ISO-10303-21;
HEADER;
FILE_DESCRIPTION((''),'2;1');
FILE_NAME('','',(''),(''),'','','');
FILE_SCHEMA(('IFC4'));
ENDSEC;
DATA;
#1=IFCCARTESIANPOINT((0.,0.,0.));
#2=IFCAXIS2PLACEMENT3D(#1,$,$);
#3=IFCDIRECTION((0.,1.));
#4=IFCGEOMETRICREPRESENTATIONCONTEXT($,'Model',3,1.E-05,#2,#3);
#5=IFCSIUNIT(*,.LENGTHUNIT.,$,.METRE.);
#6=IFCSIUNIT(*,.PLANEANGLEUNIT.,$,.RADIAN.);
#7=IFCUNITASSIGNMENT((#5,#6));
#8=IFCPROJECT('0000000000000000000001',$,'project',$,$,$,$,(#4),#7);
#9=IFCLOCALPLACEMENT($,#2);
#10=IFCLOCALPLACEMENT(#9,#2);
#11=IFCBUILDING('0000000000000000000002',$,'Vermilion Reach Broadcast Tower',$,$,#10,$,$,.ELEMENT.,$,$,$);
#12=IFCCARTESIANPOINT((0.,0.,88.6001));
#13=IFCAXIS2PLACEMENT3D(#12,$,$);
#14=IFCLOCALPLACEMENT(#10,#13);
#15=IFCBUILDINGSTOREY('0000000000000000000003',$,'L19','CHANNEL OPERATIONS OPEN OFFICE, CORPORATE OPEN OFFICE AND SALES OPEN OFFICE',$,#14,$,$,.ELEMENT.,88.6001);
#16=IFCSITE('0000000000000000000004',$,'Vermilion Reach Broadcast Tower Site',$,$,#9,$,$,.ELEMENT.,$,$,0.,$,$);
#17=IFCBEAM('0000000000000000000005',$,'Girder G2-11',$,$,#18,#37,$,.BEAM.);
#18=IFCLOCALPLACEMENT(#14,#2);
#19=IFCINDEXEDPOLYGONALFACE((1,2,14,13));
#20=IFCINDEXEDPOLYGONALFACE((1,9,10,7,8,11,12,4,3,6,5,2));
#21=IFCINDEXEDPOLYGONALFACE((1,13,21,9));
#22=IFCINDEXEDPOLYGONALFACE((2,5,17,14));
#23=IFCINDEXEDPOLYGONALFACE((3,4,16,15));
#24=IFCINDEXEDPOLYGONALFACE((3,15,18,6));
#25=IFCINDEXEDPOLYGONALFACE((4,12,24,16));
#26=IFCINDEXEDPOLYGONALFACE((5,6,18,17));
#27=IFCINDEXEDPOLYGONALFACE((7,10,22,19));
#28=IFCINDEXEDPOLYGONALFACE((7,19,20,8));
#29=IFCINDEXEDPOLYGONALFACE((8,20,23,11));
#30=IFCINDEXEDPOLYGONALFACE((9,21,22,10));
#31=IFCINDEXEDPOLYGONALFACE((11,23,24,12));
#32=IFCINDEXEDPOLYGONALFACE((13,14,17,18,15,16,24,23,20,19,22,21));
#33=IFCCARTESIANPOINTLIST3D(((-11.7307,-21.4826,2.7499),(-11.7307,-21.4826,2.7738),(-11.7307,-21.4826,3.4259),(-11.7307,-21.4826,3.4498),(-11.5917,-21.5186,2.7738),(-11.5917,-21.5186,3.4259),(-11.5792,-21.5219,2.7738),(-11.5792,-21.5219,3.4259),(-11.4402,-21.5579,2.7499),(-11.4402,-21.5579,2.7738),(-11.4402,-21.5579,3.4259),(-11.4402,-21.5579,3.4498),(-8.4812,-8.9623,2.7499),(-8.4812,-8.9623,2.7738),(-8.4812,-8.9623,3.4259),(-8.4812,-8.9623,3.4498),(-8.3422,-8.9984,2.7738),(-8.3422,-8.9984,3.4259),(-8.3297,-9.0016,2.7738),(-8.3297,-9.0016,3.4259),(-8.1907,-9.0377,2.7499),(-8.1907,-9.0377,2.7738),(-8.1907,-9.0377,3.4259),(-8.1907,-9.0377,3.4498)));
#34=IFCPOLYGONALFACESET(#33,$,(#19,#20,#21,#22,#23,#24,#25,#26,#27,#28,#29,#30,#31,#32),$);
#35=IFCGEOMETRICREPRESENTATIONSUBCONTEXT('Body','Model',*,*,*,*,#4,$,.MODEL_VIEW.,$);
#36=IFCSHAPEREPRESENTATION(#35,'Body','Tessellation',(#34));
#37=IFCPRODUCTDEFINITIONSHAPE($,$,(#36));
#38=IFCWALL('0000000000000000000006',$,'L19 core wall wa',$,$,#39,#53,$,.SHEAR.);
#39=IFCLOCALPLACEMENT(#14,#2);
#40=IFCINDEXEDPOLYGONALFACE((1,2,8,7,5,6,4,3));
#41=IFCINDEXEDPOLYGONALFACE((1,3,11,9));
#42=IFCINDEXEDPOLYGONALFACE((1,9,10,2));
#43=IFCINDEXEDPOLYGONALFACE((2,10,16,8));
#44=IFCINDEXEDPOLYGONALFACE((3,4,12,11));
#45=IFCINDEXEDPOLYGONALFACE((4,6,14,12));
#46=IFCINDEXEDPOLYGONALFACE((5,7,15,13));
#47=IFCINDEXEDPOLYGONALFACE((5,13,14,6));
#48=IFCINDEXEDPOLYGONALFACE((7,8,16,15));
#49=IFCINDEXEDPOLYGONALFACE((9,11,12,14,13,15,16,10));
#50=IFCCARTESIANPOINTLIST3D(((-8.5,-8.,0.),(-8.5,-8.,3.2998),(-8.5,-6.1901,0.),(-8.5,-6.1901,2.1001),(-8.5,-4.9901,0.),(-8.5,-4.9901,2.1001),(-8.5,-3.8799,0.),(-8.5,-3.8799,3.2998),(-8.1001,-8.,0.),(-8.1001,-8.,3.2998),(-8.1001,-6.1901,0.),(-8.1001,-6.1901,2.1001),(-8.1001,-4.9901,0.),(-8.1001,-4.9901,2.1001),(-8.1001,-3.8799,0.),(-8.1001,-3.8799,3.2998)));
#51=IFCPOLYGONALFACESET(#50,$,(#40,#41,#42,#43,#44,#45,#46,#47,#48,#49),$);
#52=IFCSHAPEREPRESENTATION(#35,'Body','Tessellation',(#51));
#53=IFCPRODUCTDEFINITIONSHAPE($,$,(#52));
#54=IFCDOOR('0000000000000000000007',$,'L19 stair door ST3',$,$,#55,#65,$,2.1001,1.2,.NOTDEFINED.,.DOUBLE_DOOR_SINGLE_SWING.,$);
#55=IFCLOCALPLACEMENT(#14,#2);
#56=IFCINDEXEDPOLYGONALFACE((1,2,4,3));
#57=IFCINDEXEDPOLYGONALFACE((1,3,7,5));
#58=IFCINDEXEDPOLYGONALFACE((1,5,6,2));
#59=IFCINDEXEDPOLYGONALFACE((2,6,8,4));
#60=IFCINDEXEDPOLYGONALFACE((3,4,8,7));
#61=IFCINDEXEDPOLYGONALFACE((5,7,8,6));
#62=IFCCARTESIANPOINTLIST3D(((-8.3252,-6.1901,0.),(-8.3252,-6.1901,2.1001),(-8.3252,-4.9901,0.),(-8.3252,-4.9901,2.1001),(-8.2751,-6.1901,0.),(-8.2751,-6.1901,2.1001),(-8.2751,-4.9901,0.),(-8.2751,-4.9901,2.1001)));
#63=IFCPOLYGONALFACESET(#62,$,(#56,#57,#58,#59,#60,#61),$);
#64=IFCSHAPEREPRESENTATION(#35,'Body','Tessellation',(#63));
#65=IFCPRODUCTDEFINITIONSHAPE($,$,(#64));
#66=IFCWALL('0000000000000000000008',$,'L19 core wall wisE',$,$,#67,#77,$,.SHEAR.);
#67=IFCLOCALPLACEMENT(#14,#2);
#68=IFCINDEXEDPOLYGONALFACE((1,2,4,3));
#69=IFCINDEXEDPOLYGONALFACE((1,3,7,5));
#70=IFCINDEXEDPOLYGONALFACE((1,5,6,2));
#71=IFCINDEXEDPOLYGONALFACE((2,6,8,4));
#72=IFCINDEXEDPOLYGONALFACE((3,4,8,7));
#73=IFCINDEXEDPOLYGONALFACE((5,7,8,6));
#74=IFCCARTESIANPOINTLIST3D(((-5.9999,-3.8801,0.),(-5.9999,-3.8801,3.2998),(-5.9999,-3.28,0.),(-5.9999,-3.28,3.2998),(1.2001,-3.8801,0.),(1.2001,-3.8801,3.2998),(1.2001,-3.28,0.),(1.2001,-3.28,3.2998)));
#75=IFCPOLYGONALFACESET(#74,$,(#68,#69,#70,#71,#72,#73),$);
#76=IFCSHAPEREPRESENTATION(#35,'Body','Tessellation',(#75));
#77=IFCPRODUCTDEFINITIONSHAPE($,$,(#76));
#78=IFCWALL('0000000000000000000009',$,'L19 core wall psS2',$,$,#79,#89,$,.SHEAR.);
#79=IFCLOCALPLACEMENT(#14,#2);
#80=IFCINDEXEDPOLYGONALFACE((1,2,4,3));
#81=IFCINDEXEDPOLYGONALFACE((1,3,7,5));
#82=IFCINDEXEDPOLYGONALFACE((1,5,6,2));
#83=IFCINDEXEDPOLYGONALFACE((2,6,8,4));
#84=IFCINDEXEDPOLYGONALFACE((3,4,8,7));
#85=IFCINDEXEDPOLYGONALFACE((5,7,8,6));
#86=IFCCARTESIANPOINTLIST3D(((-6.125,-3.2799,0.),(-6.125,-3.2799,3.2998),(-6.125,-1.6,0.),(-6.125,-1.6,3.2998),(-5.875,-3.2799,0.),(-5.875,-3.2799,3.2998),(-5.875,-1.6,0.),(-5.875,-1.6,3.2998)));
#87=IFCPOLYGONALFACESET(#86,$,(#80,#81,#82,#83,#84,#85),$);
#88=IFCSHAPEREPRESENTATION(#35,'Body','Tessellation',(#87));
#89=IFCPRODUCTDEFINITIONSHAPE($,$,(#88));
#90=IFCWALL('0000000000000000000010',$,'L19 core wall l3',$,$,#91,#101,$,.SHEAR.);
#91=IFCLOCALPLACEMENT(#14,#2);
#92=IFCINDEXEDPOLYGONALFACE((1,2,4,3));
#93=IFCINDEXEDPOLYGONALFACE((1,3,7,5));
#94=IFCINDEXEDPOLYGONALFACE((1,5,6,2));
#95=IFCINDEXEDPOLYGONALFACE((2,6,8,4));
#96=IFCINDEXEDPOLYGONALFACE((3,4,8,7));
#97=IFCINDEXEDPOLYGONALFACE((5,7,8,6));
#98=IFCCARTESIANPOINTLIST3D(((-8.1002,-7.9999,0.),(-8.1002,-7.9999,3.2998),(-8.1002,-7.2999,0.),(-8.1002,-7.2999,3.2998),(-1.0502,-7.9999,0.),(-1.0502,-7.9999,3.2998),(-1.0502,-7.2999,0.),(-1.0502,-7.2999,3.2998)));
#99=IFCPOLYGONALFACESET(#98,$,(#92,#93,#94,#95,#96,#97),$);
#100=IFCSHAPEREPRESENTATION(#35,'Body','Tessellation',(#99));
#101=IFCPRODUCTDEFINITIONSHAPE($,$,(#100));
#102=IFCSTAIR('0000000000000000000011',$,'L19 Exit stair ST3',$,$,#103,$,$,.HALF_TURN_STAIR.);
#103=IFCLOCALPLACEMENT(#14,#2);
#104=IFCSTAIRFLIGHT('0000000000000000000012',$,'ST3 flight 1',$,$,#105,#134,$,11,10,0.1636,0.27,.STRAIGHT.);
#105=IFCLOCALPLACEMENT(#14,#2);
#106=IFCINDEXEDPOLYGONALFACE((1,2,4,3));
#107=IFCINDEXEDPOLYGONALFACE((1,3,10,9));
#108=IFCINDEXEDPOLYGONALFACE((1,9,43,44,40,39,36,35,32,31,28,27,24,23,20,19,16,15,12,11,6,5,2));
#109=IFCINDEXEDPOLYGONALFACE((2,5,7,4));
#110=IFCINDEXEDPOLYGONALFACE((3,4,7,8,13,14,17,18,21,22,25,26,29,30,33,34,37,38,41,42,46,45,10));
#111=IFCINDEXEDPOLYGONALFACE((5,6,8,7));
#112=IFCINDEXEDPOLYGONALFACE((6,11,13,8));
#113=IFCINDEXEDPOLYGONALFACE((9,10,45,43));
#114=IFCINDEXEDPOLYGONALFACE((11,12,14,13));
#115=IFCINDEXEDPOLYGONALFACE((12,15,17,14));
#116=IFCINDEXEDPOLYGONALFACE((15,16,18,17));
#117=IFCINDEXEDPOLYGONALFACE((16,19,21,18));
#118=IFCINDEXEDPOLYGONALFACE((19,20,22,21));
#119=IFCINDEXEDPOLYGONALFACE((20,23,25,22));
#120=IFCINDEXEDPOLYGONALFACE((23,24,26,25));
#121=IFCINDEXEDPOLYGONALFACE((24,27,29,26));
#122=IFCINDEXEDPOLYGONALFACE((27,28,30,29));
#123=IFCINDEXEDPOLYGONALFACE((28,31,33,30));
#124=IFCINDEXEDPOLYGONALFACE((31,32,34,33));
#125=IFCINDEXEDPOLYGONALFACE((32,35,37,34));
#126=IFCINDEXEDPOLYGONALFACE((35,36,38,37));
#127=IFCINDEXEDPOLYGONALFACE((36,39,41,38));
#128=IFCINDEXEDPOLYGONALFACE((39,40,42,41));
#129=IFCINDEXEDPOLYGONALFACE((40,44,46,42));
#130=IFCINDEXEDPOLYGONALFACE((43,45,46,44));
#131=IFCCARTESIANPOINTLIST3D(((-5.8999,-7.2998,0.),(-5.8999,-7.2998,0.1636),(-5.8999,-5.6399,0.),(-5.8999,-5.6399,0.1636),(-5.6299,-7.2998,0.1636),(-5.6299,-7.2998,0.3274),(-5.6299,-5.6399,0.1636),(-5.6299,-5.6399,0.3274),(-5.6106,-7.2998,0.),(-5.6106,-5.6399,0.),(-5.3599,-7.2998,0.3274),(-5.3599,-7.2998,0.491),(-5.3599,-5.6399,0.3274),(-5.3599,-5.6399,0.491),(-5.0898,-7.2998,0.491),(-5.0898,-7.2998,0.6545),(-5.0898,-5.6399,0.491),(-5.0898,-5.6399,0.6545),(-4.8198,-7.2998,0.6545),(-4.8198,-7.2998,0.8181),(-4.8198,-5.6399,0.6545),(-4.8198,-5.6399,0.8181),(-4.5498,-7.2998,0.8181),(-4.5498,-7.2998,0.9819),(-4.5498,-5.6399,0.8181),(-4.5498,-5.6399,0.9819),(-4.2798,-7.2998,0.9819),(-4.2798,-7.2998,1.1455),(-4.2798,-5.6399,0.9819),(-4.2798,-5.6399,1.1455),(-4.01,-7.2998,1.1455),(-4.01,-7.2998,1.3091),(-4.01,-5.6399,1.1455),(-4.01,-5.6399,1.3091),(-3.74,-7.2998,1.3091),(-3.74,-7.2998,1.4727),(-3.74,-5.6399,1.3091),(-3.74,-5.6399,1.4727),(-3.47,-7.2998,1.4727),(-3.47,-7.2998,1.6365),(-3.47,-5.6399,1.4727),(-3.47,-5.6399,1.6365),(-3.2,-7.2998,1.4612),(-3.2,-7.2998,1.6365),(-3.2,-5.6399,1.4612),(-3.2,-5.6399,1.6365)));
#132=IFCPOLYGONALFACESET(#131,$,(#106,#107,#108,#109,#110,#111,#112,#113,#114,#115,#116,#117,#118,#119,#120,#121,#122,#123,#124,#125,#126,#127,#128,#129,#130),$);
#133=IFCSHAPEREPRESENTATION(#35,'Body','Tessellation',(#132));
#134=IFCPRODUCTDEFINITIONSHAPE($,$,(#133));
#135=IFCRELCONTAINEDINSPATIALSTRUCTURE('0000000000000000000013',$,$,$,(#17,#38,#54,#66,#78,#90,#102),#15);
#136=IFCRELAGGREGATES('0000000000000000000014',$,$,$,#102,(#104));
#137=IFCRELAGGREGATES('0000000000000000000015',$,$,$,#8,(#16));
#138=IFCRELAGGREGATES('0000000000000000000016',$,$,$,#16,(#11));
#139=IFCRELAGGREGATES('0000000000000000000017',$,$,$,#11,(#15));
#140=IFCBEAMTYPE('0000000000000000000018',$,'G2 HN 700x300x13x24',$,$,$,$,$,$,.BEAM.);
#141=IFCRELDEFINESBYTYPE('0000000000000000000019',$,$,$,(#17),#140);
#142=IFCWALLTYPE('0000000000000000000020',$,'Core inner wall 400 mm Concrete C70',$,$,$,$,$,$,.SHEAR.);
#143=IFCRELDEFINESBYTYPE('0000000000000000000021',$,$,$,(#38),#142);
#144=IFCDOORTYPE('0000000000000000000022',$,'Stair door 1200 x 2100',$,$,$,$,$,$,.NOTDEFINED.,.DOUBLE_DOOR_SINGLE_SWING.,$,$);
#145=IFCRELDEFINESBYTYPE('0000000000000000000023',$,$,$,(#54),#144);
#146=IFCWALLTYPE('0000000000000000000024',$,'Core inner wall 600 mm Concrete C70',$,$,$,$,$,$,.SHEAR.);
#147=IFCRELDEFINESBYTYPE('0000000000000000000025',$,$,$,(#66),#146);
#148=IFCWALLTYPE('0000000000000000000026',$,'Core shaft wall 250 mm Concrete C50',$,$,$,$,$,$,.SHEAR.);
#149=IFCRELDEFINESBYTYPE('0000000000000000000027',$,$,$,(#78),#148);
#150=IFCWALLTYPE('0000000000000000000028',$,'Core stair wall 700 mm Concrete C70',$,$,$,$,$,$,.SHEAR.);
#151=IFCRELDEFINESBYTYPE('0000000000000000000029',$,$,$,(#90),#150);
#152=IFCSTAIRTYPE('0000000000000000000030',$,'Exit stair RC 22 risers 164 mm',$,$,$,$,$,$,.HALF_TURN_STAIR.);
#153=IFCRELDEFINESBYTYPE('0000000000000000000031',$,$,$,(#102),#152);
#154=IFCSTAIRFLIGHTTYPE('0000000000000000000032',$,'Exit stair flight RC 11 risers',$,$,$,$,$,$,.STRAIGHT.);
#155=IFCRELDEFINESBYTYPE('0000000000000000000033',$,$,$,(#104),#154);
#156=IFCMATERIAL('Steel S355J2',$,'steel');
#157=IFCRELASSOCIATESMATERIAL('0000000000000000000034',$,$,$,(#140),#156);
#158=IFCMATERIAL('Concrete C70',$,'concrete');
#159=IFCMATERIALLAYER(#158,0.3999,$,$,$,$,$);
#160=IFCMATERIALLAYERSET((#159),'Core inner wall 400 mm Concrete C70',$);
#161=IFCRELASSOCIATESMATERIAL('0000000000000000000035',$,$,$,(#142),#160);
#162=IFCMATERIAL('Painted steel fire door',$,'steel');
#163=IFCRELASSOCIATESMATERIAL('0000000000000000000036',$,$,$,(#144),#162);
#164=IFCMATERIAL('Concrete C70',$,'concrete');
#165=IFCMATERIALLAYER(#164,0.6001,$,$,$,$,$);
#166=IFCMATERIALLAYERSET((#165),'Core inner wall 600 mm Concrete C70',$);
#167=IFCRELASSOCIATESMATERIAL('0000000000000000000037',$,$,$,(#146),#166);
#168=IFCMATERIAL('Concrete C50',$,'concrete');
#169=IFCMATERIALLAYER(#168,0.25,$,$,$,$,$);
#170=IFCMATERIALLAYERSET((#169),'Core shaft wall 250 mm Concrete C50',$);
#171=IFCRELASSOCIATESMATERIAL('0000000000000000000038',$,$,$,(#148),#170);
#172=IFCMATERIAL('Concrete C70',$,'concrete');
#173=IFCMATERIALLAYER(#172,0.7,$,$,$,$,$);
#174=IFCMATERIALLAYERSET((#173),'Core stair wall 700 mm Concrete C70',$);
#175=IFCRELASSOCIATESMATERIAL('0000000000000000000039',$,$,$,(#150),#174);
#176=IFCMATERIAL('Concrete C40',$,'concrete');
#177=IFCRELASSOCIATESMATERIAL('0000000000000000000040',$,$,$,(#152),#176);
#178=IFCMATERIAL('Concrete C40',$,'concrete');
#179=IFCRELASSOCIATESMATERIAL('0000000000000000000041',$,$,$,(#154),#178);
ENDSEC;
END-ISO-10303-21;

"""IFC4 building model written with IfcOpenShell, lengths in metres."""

from ifc_helpers import new_model, si_unit, direction, frame, frame_2d, origin, origin_2d, place, context, subcontext, project, spatial, polyline, rectangle, i_section, outline, extrude, material, layer, layer_set, material_profile, profile_set, type_object, element, fill, aggregate, save


model = new_model("IFC4")

# Units and contexts
model_context = context("Model", 3, precision=1e-05, world=origin(), true_north=direction((0.0, 1.0)))
body_context = subcontext(model_context, "Body", "Model", "MODEL_VIEW")
ifc_project = project(units=[si_unit("LENGTHUNIT", "METRE"), si_unit("PLANEANGLEUNIT", "RADIAN")], contexts=[model_context])

# Site, building, storey
site_placement = place(None, origin())
site = spatial("IfcSite", under=ifc_project, at=site_placement, Name="Vermilion Reach Broadcast Tower Site", CompositionType="ELEMENT", RefElevation=0.0)
building_placement = place(site_placement, origin())
building = spatial("IfcBuilding", under=site, at=building_placement, Name="Vermilion Reach Broadcast Tower", CompositionType="ELEMENT")
storey_placement = place(building_placement, frame((0.0, 0.0, 88.6001)))
storey = spatial("IfcBuildingStorey", under=building, at=storey_placement, Name="L19", Description="CHANNEL OPERATIONS OPEN OFFICE, CORPORATE OPEN OFFICE AND SALES OPEN OFFICE", CompositionType="ELEMENT", Elevation=88.6001)

# Beam
ifc_material_1 = material(Name="Steel S355J2", Category="steel")
ifc_material_profile = material_profile(ifc_material_1, i_section(OverallWidth=0.3, OverallDepth=0.7, WebThickness=0.0129, FlangeThickness=0.0239, at=origin_2d()), Name="S355J2 HN 700x300x13x24")
ifc_profile_set = profile_set([ifc_material_profile], Name="Steel S355J2")
beam_type = type_object("IfcBeamType", Name="G2 HN 700x300x13x24", PredefinedType="BEAM", material=ifc_profile_set)
beam_placement = place(storey_placement, frame((-8.3359, -9.0, 3.0999), z_axis=(-0.251217, -0.967931, 0.0), x_axis=(0.967931, -0.251217, 0.0)))
element("IfcBeam", 1, at=beam_placement, inside=storey, type_object=beam_type, Name="Girder G2-11", PredefinedType="BEAM", context=body_context, shape_type="SweptSolid", body=[
    extrude(i_section(OverallWidth=0.3, OverallDepth=0.7, WebThickness=0.0129, FlangeThickness=0.0239, at=origin_2d()), origin(), (0.0, 0.0, 1.0), 12.9351),
])

# Wall, opening, door
ifc_material_2 = material(Name="Concrete C70", Category="concrete")
ifc_layer_1 = layer(ifc_material_2, 0.3999)
ifc_layer_set_1 = layer_set([ifc_layer_1], Name="Core inner wall 400 mm Concrete C70")
wall_type_1 = type_object("IfcWallType", Name="Core inner wall 400 mm Concrete C70", PredefinedType="SHEAR", material=ifc_layer_set_1)
wall_1_placement = place(storey_placement, frame((-8.3, -3.8799, 0.0), z_axis=(0.0, 0.0, 1.0), x_axis=(0.0, -1.0, 0.0)))
wall_1 = element("IfcWall", 2, at=wall_1_placement, inside=storey, type_object=wall_type_1, Name="L19 core wall wa", PredefinedType="SHEAR", context=body_context, shape_type="SweptSolid", body=[
    extrude(rectangle(XDim=4.1201, YDim=0.3999, at=frame_2d((2.0601, 0.0))), origin(), (0.0, 0.0, 1.0), 3.2998),
])
opening_placement = place(wall_1_placement, frame((1.1101, 0.0, 0.0)))
opening = element("IfcOpeningElement", 3, at=opening_placement, cuts=wall_1, PredefinedType="OPENING", context=body_context, shape_type="SweptSolid", body=[
    extrude(rectangle(XDim=1.2, YDim=2.1001, at=frame_2d((0.6001, 1.05))), frame((0.0, 0.21, 0.0), z_axis=(0.0, -1.0, 0.0), x_axis=(1.0, 0.0, 0.0)), (0.0, 0.0, 1.0), 0.4199),
])
ifc_material_3 = material(Name="Painted steel fire door", Category="steel")
door_type = type_object("IfcDoorType", Name="Stair door 1200 x 2100", OperationType="DOUBLE_DOOR_SINGLE_SWING", PredefinedType="NOTDEFINED", material=ifc_material_3)
door_placement = place(opening_placement, origin())
door = element("IfcDoor", 4, at=door_placement, inside=storey, type_object=door_type, Name="L19 stair door ST3", OperationType="DOUBLE_DOOR_SINGLE_SWING", OverallHeight=2.1001, OverallWidth=1.2, PredefinedType="NOTDEFINED", context=body_context, shape_type="SweptSolid", body=[
    extrude(rectangle(XDim=1.2, YDim=2.1001, at=frame_2d((0.6001, 1.05))), frame((0.0, 0.0249, 0.0), z_axis=(0.0, -1.0, 0.0), x_axis=(1.0, 0.0, 0.0)), (0.0, 0.0, 1.0), 0.05),
])
fill(opening, door)

# Walls
ifc_material_4 = material(Name="Concrete C70", Category="concrete")
ifc_layer_2 = layer(ifc_material_4, 0.6001)
ifc_layer_set_2 = layer_set([ifc_layer_2], Name="Core inner wall 600 mm Concrete C70")
wall_type_2 = type_object("IfcWallType", Name="Core inner wall 600 mm Concrete C70", PredefinedType="SHEAR", material=ifc_layer_set_2)
wall_2_placement = place(storey_placement, frame((-6.0, -3.5801, 0.0), z_axis=(0.0, 0.0, 1.0), x_axis=(1.0, 0.0, 0.0)))
element("IfcWall", 5, at=wall_2_placement, inside=storey, type_object=wall_type_2, Name="L19 core wall wisE", PredefinedType="SHEAR", context=body_context, shape_type="SweptSolid", body=[
    extrude(rectangle(XDim=7.2, YDim=0.6001, at=frame_2d((3.6001, 0.0))), origin(), (0.0, 0.0, 1.0), 3.2998),
])
ifc_material_5 = material(Name="Concrete C50", Category="concrete")
ifc_layer_3 = layer(ifc_material_5, 0.25)
ifc_layer_set_3 = layer_set([ifc_layer_3], Name="Core shaft wall 250 mm Concrete C50")
wall_type_3 = type_object("IfcWallType", Name="Core shaft wall 250 mm Concrete C50", PredefinedType="SHEAR", material=ifc_layer_set_3)
wall_3_placement = place(storey_placement, frame((-6.0, -1.6001, 0.0), z_axis=(0.0, 0.0, 1.0), x_axis=(0.0, -1.0, 0.0)))
element("IfcWall", 6, at=wall_3_placement, inside=storey, type_object=wall_type_3, Name="L19 core wall psS2", PredefinedType="SHEAR", context=body_context, shape_type="SweptSolid", body=[
    extrude(rectangle(XDim=1.6799, YDim=0.25, at=frame_2d((0.8398, 0.0))), origin(), (0.0, 0.0, 1.0), 3.2998),
])
ifc_material_6 = material(Name="Concrete C70", Category="concrete")
ifc_layer_4 = layer(ifc_material_6, 0.7)
ifc_layer_set_4 = layer_set([ifc_layer_4], Name="Core stair wall 700 mm Concrete C70")
wall_type_4 = type_object("IfcWallType", Name="Core stair wall 700 mm Concrete C70", PredefinedType="SHEAR", material=ifc_layer_set_4)
wall_4_placement = place(storey_placement, frame((-8.1001, -7.6499, 0.0), z_axis=(0.0, 0.0, 1.0), x_axis=(1.0, 0.0, 0.0)))
element("IfcWall", 7, at=wall_4_placement, inside=storey, type_object=wall_type_4, Name="L19 core wall l3", PredefinedType="SHEAR", context=body_context, shape_type="SweptSolid", body=[
    extrude(rectangle(XDim=7.05, YDim=0.7, at=frame_2d((3.5249, 0.0))), origin(), (0.0, 0.0, 1.0), 3.2998),
])

# Stair, stair flight
ifc_material_7 = material(Name="Concrete C40", Category="concrete")
stair_type = type_object("IfcStairType", Name="Exit stair RC 22 risers 164 mm", PredefinedType="HALF_TURN_STAIR", material=ifc_material_7)
stair_placement = place(storey_placement, origin())
stair = element("IfcStair", 8, at=stair_placement, inside=storey, type_object=stair_type, Name="L19 Exit stair ST3", PredefinedType="HALF_TURN_STAIR")
ifc_material_8 = material(Name="Concrete C40", Category="concrete")
stair_flight_type = type_object("IfcStairFlightType", Name="Exit stair flight RC 11 risers", PredefinedType="STRAIGHT", material=ifc_material_8)
stair_flight_placement = place(storey_placement, frame((-5.8999, -6.47, 0.0), z_axis=(0.0, 0.0, 1.0), x_axis=(1.0, 0.0, 0.0)))
stair_flight = element("IfcStairFlight", 9, at=stair_flight_placement, type_object=stair_flight_type, Name="ST3 flight 1", NumberOfRisers=11, NumberOfTreads=10, PredefinedType="STRAIGHT", RiserHeight=0.1636, TreadLength=0.27, context=body_context, shape_type="SweptSolid", body=[
    extrude(outline(polyline([(0.0, 0.0), (0.0, 0.1636), (0.27, 0.1636), (0.27, 0.3274), (0.54, 0.3274), (0.54, 0.491), (0.8101, 0.491), (0.8101, 0.6545), (1.0801, 0.6545), (1.0801, 0.8181), (1.3501, 0.8181), (1.3501, 0.9819), (1.6201, 0.9819), (1.6201, 1.1455), (1.8899, 1.1455), (1.8899, 1.3091), (2.1599, 1.3091), (2.1599, 1.4727), (2.4299, 1.4727), (2.4299, 1.6365), (2.7, 1.6365), (2.7, 1.8), (2.7, 1.4612), (0.2893, 0.0), (0.0, 0.0)])), frame((0.0, 0.8301, 0.0), z_axis=(0.0, -1.0, 0.0), x_axis=(1.0, 0.0, 0.0)), (0.0, 0.0, 1.0), 1.6599),
])
aggregate(stair, [stair_flight])

save(model, "model.ifc")
